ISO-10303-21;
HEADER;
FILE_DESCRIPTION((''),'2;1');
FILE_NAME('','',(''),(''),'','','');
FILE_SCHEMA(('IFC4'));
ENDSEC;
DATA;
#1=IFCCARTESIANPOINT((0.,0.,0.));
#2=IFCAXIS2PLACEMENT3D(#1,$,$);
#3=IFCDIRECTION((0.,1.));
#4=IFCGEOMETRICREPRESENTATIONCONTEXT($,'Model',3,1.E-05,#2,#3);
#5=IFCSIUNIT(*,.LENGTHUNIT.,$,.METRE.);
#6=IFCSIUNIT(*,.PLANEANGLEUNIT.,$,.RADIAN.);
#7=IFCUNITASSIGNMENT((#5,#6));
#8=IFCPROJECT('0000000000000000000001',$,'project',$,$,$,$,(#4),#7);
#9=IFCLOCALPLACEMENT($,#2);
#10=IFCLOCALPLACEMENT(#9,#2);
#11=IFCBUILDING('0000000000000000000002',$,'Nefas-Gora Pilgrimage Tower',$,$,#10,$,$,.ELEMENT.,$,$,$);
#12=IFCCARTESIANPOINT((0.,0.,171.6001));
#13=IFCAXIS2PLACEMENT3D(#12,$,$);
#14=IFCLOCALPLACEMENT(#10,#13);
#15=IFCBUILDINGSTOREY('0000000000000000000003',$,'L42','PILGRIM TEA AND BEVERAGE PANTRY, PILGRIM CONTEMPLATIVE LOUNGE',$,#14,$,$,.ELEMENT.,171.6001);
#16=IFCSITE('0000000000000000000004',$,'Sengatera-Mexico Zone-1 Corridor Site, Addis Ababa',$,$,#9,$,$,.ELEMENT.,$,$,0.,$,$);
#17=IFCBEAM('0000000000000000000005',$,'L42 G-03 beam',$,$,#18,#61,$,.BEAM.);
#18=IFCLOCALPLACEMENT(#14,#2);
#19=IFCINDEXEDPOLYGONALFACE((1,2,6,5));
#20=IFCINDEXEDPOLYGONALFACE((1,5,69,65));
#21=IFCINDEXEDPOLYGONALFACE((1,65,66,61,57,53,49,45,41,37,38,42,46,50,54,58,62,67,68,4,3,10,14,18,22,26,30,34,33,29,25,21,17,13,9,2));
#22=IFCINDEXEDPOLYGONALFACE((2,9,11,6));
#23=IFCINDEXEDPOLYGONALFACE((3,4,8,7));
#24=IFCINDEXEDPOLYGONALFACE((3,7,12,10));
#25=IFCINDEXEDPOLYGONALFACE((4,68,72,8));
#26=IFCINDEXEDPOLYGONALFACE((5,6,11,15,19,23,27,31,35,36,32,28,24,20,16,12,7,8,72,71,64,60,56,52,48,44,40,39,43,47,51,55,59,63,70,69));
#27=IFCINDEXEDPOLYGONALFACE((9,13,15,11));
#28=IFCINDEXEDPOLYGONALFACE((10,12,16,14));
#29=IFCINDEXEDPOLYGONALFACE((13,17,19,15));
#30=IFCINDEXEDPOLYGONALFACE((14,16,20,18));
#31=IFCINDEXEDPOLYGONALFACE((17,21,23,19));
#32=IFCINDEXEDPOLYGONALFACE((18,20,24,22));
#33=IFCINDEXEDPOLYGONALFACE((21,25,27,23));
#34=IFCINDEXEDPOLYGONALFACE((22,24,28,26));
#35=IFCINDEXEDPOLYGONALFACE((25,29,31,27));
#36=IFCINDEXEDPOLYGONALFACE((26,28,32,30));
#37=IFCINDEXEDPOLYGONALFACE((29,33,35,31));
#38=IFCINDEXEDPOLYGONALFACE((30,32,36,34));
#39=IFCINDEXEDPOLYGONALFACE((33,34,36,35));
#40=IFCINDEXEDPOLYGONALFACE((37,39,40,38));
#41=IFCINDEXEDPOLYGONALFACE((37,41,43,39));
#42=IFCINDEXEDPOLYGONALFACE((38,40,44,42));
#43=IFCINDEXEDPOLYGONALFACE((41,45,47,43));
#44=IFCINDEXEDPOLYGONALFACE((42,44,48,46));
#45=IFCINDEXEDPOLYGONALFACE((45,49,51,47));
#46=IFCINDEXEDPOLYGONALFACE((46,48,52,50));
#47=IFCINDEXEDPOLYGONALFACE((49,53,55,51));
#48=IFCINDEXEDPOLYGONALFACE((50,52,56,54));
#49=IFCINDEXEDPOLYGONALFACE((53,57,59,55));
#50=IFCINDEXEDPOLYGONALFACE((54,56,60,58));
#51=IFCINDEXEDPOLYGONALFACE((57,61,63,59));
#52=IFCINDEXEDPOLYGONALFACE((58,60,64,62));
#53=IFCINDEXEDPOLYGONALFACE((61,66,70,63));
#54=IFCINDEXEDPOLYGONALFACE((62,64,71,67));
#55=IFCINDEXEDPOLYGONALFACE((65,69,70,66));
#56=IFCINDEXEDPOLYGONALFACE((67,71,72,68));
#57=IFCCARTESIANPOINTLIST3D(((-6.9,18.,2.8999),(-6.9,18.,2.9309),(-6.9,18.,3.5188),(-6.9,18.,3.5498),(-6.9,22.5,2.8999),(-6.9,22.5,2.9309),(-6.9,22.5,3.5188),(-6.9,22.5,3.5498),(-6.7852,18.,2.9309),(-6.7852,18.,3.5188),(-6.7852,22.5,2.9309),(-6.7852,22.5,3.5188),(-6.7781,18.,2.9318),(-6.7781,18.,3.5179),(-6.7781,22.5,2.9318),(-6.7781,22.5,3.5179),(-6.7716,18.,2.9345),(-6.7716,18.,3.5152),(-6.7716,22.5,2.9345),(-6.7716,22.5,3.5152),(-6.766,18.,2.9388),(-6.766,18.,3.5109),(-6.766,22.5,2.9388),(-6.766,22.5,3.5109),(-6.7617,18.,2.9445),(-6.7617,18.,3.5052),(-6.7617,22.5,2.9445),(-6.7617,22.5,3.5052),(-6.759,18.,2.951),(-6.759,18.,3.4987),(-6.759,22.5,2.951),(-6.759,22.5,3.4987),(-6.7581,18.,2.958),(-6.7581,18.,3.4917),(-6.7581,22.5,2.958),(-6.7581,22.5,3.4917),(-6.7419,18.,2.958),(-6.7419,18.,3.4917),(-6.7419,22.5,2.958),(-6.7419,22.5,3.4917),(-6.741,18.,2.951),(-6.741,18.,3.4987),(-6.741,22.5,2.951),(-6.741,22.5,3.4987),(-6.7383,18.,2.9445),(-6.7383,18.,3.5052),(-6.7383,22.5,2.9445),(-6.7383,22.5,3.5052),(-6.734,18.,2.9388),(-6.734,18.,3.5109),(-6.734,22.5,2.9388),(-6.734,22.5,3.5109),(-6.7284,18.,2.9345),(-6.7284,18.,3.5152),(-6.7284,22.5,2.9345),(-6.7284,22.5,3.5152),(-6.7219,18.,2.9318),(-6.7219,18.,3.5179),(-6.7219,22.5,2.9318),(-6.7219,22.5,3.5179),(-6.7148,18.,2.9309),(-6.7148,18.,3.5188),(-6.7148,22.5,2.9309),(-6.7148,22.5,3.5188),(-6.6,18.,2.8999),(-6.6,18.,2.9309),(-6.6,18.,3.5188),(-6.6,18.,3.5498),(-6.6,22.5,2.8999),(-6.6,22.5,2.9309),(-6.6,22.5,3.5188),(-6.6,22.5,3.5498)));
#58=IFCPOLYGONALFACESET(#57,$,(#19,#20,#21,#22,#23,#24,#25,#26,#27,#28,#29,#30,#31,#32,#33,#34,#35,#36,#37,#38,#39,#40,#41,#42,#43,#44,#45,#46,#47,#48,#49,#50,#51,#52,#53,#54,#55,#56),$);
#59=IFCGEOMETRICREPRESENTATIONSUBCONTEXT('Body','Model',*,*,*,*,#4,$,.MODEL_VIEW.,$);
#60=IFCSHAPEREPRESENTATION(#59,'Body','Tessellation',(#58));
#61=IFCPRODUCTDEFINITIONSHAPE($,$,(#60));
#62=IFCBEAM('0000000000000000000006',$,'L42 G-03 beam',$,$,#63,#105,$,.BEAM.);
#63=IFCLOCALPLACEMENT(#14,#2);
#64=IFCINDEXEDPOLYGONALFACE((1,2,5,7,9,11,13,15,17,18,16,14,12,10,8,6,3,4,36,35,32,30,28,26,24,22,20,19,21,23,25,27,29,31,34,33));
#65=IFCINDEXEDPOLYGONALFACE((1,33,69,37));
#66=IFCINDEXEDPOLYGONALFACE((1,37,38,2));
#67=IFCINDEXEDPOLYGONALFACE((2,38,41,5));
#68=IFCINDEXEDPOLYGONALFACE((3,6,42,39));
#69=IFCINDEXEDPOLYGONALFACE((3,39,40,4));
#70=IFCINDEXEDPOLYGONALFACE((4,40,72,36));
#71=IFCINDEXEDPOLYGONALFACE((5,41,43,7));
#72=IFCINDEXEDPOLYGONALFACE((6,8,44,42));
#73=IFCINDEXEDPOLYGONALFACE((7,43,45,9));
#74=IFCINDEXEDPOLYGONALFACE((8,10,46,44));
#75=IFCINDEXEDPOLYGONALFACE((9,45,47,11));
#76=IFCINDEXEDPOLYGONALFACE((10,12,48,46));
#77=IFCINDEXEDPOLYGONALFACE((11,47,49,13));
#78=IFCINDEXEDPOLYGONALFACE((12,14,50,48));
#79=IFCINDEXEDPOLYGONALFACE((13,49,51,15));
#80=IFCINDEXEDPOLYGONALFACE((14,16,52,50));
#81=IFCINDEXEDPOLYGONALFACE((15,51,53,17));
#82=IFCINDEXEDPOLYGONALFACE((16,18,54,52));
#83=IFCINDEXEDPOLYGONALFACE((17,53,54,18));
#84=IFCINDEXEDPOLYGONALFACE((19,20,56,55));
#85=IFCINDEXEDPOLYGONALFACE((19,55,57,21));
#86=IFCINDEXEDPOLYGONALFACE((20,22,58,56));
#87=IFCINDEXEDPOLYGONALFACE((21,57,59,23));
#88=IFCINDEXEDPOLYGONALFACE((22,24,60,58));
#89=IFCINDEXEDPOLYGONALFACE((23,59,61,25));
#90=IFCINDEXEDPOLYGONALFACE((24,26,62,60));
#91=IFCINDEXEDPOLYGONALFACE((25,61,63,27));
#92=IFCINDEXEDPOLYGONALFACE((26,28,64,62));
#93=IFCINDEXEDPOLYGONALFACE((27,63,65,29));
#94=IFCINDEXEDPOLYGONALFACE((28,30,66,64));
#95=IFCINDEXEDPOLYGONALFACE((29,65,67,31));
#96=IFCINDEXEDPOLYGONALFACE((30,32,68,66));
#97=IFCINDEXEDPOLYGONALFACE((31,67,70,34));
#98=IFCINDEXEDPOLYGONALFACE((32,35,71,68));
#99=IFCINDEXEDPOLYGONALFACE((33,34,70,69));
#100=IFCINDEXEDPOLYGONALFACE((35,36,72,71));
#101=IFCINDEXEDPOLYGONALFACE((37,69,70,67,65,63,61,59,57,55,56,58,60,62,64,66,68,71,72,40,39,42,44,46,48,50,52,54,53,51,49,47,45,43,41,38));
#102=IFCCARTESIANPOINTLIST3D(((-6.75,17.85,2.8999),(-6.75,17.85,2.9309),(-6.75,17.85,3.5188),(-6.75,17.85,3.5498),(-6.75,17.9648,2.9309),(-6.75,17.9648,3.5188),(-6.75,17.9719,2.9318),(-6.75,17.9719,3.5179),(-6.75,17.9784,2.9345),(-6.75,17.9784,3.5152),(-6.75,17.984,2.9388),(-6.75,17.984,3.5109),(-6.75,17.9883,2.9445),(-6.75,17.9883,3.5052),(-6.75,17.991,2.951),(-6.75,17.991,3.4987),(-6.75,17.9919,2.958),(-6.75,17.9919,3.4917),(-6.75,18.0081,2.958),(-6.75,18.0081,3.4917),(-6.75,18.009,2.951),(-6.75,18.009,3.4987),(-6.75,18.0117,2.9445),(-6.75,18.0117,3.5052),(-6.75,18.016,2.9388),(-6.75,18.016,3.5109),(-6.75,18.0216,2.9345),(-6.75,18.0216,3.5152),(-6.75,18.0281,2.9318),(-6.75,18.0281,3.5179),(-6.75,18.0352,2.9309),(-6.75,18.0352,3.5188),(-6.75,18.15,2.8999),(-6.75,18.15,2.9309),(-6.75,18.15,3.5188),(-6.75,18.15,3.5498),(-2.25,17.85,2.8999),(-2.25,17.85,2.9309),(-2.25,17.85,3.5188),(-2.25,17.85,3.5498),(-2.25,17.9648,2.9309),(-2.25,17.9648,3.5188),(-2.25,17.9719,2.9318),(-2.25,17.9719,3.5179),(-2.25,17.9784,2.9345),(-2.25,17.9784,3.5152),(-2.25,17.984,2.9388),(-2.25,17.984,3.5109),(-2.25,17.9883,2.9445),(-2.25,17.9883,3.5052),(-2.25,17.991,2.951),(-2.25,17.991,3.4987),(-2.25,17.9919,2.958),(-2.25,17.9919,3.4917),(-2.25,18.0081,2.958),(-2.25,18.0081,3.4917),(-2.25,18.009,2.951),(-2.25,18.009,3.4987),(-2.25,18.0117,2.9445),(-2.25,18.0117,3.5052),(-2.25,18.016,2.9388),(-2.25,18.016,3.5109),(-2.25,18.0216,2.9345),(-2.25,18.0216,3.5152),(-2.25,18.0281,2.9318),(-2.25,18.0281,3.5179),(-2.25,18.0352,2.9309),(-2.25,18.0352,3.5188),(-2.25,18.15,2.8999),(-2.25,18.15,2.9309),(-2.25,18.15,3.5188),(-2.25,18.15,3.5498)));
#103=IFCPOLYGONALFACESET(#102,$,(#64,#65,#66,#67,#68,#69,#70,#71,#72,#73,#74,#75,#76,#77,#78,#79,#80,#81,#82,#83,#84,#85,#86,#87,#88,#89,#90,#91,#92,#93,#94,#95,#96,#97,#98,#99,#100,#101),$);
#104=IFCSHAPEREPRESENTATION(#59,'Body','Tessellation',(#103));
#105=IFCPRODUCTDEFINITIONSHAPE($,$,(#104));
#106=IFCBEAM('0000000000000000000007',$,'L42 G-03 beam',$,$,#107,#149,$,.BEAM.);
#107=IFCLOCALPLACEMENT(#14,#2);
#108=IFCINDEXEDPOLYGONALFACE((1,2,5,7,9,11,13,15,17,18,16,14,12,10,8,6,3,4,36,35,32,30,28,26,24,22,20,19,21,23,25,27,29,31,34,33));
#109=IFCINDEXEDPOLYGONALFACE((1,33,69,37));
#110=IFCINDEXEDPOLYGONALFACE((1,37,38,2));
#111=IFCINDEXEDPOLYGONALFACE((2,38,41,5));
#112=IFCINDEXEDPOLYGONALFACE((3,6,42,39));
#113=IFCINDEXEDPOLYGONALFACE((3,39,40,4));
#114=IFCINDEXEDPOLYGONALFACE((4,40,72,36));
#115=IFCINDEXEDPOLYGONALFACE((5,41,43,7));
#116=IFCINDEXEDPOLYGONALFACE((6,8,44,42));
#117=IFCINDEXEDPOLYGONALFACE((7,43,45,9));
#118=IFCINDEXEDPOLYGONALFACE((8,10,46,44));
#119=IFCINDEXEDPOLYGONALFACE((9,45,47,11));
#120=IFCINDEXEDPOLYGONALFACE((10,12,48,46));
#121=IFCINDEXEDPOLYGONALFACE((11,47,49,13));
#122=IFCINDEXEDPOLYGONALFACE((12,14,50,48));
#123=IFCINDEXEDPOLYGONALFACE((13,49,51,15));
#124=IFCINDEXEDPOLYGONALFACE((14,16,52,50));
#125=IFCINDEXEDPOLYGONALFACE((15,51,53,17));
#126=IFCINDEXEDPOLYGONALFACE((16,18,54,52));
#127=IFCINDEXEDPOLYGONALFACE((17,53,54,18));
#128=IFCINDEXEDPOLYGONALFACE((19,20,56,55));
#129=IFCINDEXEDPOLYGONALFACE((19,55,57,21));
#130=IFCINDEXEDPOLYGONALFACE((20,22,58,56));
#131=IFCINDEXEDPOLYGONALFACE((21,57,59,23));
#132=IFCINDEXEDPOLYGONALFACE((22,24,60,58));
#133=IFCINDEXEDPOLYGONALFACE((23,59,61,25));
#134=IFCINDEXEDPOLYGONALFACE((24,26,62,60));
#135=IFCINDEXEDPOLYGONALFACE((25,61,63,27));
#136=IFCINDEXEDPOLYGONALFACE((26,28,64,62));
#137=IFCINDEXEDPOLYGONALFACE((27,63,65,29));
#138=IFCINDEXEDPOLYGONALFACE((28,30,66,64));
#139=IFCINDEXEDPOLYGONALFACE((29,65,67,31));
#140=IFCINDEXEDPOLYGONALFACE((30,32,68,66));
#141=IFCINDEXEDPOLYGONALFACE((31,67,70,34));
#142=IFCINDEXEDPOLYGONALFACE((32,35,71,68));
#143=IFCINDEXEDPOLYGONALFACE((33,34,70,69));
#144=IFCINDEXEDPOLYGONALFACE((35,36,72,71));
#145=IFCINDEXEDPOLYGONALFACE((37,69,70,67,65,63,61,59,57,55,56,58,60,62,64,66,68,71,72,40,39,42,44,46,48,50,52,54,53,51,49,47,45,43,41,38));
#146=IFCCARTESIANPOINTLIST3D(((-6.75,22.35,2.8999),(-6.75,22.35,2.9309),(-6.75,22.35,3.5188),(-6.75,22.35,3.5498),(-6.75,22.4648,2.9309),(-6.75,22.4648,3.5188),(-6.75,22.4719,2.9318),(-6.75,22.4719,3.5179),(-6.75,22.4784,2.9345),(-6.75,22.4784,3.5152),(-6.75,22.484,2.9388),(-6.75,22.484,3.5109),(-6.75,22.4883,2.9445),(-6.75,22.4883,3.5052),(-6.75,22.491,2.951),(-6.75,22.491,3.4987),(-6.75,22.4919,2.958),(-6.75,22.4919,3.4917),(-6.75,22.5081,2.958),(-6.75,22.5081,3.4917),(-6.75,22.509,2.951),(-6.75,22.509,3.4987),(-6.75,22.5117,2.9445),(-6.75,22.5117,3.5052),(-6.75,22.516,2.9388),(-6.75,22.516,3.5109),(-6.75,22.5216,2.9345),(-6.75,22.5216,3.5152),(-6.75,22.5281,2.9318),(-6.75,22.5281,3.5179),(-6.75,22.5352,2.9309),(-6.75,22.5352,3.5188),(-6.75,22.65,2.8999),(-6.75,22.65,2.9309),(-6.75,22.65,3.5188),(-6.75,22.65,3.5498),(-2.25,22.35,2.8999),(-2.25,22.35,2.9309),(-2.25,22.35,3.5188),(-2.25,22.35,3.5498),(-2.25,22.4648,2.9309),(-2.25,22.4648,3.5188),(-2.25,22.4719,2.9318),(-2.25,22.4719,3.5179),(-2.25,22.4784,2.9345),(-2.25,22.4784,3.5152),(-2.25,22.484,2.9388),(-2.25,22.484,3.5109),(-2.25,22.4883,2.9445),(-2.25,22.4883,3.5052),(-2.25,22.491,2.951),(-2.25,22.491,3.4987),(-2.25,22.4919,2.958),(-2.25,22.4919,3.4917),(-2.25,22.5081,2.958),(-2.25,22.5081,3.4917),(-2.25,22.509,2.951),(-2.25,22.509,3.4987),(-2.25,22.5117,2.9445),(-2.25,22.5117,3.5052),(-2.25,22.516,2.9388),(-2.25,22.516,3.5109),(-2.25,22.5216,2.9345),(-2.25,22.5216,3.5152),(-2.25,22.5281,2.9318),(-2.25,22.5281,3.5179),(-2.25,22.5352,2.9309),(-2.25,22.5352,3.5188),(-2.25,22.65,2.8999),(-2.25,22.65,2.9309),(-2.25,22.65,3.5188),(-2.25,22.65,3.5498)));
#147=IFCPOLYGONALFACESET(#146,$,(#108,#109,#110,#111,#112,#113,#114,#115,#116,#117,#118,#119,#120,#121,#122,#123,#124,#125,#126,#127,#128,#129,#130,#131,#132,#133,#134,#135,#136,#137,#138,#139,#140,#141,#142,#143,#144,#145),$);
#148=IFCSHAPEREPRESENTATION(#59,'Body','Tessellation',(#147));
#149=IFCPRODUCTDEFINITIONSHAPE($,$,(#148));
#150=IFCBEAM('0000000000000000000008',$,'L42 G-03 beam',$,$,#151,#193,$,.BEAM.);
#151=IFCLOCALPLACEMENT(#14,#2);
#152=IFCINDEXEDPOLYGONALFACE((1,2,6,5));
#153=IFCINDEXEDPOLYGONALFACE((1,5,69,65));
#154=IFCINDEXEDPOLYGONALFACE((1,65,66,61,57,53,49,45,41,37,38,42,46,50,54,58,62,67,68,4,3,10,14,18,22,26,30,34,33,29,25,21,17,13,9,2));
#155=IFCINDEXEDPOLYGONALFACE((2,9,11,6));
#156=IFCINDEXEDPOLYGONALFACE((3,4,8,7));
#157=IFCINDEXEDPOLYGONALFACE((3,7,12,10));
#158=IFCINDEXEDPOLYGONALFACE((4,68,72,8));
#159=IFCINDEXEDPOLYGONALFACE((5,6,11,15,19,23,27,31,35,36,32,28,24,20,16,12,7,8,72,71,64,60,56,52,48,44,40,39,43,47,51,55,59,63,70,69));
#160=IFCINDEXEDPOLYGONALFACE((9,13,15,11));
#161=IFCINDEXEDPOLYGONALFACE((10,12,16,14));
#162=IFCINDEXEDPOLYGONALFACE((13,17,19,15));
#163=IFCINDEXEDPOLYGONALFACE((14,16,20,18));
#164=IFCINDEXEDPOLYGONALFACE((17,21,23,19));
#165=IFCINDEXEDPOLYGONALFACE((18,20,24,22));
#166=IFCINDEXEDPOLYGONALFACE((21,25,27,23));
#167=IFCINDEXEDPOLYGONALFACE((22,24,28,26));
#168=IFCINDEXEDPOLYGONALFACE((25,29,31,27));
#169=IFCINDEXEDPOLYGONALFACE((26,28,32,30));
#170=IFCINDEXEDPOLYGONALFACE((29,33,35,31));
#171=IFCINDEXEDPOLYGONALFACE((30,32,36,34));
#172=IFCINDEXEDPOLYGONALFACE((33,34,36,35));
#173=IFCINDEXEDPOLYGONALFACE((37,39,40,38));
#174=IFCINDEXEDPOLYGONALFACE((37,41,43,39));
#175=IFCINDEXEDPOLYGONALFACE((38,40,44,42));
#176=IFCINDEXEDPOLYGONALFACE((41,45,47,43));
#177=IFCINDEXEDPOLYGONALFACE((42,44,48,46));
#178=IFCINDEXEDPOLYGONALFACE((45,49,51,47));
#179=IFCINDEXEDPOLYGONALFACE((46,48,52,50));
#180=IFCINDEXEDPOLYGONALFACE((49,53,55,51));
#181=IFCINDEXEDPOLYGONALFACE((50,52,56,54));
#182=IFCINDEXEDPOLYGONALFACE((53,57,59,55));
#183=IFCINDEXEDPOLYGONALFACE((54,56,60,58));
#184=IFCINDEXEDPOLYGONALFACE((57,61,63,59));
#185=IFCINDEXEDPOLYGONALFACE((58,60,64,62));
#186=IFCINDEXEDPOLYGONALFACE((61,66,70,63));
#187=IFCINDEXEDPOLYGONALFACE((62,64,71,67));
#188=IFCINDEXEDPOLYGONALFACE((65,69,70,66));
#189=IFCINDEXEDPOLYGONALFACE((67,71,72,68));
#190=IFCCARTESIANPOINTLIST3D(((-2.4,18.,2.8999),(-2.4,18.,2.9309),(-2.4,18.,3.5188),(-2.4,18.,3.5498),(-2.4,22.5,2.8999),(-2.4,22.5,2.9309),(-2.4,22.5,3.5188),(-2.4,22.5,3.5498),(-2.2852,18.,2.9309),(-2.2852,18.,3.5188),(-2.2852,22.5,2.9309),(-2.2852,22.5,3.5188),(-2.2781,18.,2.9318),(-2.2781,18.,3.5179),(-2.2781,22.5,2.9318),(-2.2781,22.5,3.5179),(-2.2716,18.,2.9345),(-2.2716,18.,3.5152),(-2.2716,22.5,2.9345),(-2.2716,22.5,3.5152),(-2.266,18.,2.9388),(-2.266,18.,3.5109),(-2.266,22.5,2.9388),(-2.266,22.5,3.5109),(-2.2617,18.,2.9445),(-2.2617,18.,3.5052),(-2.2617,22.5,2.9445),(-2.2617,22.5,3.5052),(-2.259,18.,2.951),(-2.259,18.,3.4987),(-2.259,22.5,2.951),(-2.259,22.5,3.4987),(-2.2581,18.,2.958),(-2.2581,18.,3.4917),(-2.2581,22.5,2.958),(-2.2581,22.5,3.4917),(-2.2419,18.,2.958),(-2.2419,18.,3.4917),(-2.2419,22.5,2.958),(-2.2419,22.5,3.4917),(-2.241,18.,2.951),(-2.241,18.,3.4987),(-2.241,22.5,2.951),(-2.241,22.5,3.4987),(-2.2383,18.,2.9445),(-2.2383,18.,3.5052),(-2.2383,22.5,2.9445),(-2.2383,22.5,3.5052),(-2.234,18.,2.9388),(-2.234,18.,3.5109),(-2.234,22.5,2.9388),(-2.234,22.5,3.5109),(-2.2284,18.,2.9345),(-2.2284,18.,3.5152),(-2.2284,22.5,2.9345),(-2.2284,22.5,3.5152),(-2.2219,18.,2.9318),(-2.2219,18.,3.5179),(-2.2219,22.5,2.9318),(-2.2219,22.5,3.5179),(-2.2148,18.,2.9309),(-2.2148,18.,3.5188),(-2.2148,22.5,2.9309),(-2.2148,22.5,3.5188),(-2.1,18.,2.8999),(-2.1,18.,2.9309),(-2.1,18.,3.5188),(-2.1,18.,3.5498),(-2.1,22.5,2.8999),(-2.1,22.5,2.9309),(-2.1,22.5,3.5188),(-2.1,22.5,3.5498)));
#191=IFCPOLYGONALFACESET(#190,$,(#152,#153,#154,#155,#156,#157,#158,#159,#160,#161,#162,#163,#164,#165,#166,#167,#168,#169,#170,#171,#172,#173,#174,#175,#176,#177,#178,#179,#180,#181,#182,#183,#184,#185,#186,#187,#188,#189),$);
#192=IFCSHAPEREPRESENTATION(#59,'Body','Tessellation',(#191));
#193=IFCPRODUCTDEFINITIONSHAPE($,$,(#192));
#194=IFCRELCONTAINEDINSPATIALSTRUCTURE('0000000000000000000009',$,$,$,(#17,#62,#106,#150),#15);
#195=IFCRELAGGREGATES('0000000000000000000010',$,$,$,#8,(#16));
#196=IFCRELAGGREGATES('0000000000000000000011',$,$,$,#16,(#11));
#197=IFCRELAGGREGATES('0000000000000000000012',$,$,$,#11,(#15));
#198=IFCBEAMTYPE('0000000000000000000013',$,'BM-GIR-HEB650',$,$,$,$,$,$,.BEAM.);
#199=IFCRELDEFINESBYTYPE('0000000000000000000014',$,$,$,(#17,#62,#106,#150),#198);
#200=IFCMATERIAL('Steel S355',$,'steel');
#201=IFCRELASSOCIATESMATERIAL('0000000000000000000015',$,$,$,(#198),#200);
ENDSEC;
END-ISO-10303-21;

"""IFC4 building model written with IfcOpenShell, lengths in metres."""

from ifc_helpers import new_model, si_unit, direction, frame, origin, origin_2d, place, context, subcontext, project, spatial, i_section, extrude, source, transform, mapped, material, material_profile, profile_set, type_object, element, save


model = new_model("IFC4")

# Units and contexts
model_context = context("Model", 3, precision=1e-05, world=origin(), true_north=direction((0.0, 1.0)))
body_context = subcontext(model_context, "Body", "Model", "MODEL_VIEW")
ifc_project = project(units=[si_unit("LENGTHUNIT", "METRE"), si_unit("PLANEANGLEUNIT", "RADIAN")], contexts=[model_context])

# Site, building, storey
site_placement = place(None, origin())
site = spatial("IfcSite", under=ifc_project, at=site_placement, Name="Sengatera-Mexico Zone-1 Corridor Site, Addis Ababa", CompositionType="ELEMENT", RefElevation=0.0)
building_placement = place(site_placement, origin())
building = spatial("IfcBuilding", under=site, at=building_placement, Name="Nefas-Gora Pilgrimage Tower", CompositionType="ELEMENT")
storey_placement = place(building_placement, frame((0.0, 0.0, 171.6001)))
storey = spatial("IfcBuildingStorey", under=building, at=storey_placement, Name="L42", Description="PILGRIM TEA AND BEVERAGE PANTRY, PILGRIM CONTEMPLATIVE LOUNGE", CompositionType="ELEMENT", Elevation=171.6001)

# Beams
ifc_material_1 = material(Name="Steel S355", Category="steel")
ifc_material_profile_1 = material_profile(ifc_material_1, i_section(OverallWidth=0.3, OverallDepth=0.6499, WebThickness=0.0161, FlangeThickness=0.031, FilletRadius=0.0271, at=origin_2d()), Name="HEB 650")
ifc_profile_set_1 = profile_set([ifc_material_profile_1], Name="Steel S355")
beam_type = type_object("IfcBeamType", Name="BM-GIR-HEB650", PredefinedType="BEAM", material=ifc_profile_set_1)
shared_shape_1 = source(origin(), body_context, "Body", "SweptSolid", [
    extrude(i_section(OverallWidth=0.3, OverallDepth=0.6499, WebThickness=0.0161, FlangeThickness=0.031, FilletRadius=0.0271, at=origin_2d()), origin(), (0.0, 0.0, 1.0), 4.5),
])
for number, where, z_axis, x_axis, name in (
    (1, (-6.75, 18.0, 3.2249), (0.0, 1.0, 0.0), (-1.0, 0.0, 0.0), "L42 G-03 beam"),
    (2, (-6.75, 18.0, 3.2249), (1.0, 0.0, 0.0), (0.0, 1.0, 0.0), "L42 G-03 beam"),
    (3, (-6.75, 22.5, 3.2249), (1.0, 0.0, 0.0), (0.0, 1.0, 0.0), "L42 G-03 beam"),
    (4, (-2.25, 18.0, 3.2249), (0.0, 1.0, 0.0), (-1.0, 0.0, 0.0), "L42 G-03 beam"),
):
    element("IfcBeam", number, at=place(storey_placement, frame(where, z_axis=z_axis, x_axis=x_axis)), inside=storey, type_object=beam_type, Name=name, PredefinedType="BEAM", context=body_context, shape_type="MappedRepresentation", body=[
        mapped(shared_shape_1, transform((0.0, 0.0, 0.0), x_axis=(1.0, 0.0, 0.0), y_axis=(0.0, 1.0, 0.0), z_axis=(0.0, 0.0, 1.0), scale=1.0)),
    ])

save(model, "model.ifc")
